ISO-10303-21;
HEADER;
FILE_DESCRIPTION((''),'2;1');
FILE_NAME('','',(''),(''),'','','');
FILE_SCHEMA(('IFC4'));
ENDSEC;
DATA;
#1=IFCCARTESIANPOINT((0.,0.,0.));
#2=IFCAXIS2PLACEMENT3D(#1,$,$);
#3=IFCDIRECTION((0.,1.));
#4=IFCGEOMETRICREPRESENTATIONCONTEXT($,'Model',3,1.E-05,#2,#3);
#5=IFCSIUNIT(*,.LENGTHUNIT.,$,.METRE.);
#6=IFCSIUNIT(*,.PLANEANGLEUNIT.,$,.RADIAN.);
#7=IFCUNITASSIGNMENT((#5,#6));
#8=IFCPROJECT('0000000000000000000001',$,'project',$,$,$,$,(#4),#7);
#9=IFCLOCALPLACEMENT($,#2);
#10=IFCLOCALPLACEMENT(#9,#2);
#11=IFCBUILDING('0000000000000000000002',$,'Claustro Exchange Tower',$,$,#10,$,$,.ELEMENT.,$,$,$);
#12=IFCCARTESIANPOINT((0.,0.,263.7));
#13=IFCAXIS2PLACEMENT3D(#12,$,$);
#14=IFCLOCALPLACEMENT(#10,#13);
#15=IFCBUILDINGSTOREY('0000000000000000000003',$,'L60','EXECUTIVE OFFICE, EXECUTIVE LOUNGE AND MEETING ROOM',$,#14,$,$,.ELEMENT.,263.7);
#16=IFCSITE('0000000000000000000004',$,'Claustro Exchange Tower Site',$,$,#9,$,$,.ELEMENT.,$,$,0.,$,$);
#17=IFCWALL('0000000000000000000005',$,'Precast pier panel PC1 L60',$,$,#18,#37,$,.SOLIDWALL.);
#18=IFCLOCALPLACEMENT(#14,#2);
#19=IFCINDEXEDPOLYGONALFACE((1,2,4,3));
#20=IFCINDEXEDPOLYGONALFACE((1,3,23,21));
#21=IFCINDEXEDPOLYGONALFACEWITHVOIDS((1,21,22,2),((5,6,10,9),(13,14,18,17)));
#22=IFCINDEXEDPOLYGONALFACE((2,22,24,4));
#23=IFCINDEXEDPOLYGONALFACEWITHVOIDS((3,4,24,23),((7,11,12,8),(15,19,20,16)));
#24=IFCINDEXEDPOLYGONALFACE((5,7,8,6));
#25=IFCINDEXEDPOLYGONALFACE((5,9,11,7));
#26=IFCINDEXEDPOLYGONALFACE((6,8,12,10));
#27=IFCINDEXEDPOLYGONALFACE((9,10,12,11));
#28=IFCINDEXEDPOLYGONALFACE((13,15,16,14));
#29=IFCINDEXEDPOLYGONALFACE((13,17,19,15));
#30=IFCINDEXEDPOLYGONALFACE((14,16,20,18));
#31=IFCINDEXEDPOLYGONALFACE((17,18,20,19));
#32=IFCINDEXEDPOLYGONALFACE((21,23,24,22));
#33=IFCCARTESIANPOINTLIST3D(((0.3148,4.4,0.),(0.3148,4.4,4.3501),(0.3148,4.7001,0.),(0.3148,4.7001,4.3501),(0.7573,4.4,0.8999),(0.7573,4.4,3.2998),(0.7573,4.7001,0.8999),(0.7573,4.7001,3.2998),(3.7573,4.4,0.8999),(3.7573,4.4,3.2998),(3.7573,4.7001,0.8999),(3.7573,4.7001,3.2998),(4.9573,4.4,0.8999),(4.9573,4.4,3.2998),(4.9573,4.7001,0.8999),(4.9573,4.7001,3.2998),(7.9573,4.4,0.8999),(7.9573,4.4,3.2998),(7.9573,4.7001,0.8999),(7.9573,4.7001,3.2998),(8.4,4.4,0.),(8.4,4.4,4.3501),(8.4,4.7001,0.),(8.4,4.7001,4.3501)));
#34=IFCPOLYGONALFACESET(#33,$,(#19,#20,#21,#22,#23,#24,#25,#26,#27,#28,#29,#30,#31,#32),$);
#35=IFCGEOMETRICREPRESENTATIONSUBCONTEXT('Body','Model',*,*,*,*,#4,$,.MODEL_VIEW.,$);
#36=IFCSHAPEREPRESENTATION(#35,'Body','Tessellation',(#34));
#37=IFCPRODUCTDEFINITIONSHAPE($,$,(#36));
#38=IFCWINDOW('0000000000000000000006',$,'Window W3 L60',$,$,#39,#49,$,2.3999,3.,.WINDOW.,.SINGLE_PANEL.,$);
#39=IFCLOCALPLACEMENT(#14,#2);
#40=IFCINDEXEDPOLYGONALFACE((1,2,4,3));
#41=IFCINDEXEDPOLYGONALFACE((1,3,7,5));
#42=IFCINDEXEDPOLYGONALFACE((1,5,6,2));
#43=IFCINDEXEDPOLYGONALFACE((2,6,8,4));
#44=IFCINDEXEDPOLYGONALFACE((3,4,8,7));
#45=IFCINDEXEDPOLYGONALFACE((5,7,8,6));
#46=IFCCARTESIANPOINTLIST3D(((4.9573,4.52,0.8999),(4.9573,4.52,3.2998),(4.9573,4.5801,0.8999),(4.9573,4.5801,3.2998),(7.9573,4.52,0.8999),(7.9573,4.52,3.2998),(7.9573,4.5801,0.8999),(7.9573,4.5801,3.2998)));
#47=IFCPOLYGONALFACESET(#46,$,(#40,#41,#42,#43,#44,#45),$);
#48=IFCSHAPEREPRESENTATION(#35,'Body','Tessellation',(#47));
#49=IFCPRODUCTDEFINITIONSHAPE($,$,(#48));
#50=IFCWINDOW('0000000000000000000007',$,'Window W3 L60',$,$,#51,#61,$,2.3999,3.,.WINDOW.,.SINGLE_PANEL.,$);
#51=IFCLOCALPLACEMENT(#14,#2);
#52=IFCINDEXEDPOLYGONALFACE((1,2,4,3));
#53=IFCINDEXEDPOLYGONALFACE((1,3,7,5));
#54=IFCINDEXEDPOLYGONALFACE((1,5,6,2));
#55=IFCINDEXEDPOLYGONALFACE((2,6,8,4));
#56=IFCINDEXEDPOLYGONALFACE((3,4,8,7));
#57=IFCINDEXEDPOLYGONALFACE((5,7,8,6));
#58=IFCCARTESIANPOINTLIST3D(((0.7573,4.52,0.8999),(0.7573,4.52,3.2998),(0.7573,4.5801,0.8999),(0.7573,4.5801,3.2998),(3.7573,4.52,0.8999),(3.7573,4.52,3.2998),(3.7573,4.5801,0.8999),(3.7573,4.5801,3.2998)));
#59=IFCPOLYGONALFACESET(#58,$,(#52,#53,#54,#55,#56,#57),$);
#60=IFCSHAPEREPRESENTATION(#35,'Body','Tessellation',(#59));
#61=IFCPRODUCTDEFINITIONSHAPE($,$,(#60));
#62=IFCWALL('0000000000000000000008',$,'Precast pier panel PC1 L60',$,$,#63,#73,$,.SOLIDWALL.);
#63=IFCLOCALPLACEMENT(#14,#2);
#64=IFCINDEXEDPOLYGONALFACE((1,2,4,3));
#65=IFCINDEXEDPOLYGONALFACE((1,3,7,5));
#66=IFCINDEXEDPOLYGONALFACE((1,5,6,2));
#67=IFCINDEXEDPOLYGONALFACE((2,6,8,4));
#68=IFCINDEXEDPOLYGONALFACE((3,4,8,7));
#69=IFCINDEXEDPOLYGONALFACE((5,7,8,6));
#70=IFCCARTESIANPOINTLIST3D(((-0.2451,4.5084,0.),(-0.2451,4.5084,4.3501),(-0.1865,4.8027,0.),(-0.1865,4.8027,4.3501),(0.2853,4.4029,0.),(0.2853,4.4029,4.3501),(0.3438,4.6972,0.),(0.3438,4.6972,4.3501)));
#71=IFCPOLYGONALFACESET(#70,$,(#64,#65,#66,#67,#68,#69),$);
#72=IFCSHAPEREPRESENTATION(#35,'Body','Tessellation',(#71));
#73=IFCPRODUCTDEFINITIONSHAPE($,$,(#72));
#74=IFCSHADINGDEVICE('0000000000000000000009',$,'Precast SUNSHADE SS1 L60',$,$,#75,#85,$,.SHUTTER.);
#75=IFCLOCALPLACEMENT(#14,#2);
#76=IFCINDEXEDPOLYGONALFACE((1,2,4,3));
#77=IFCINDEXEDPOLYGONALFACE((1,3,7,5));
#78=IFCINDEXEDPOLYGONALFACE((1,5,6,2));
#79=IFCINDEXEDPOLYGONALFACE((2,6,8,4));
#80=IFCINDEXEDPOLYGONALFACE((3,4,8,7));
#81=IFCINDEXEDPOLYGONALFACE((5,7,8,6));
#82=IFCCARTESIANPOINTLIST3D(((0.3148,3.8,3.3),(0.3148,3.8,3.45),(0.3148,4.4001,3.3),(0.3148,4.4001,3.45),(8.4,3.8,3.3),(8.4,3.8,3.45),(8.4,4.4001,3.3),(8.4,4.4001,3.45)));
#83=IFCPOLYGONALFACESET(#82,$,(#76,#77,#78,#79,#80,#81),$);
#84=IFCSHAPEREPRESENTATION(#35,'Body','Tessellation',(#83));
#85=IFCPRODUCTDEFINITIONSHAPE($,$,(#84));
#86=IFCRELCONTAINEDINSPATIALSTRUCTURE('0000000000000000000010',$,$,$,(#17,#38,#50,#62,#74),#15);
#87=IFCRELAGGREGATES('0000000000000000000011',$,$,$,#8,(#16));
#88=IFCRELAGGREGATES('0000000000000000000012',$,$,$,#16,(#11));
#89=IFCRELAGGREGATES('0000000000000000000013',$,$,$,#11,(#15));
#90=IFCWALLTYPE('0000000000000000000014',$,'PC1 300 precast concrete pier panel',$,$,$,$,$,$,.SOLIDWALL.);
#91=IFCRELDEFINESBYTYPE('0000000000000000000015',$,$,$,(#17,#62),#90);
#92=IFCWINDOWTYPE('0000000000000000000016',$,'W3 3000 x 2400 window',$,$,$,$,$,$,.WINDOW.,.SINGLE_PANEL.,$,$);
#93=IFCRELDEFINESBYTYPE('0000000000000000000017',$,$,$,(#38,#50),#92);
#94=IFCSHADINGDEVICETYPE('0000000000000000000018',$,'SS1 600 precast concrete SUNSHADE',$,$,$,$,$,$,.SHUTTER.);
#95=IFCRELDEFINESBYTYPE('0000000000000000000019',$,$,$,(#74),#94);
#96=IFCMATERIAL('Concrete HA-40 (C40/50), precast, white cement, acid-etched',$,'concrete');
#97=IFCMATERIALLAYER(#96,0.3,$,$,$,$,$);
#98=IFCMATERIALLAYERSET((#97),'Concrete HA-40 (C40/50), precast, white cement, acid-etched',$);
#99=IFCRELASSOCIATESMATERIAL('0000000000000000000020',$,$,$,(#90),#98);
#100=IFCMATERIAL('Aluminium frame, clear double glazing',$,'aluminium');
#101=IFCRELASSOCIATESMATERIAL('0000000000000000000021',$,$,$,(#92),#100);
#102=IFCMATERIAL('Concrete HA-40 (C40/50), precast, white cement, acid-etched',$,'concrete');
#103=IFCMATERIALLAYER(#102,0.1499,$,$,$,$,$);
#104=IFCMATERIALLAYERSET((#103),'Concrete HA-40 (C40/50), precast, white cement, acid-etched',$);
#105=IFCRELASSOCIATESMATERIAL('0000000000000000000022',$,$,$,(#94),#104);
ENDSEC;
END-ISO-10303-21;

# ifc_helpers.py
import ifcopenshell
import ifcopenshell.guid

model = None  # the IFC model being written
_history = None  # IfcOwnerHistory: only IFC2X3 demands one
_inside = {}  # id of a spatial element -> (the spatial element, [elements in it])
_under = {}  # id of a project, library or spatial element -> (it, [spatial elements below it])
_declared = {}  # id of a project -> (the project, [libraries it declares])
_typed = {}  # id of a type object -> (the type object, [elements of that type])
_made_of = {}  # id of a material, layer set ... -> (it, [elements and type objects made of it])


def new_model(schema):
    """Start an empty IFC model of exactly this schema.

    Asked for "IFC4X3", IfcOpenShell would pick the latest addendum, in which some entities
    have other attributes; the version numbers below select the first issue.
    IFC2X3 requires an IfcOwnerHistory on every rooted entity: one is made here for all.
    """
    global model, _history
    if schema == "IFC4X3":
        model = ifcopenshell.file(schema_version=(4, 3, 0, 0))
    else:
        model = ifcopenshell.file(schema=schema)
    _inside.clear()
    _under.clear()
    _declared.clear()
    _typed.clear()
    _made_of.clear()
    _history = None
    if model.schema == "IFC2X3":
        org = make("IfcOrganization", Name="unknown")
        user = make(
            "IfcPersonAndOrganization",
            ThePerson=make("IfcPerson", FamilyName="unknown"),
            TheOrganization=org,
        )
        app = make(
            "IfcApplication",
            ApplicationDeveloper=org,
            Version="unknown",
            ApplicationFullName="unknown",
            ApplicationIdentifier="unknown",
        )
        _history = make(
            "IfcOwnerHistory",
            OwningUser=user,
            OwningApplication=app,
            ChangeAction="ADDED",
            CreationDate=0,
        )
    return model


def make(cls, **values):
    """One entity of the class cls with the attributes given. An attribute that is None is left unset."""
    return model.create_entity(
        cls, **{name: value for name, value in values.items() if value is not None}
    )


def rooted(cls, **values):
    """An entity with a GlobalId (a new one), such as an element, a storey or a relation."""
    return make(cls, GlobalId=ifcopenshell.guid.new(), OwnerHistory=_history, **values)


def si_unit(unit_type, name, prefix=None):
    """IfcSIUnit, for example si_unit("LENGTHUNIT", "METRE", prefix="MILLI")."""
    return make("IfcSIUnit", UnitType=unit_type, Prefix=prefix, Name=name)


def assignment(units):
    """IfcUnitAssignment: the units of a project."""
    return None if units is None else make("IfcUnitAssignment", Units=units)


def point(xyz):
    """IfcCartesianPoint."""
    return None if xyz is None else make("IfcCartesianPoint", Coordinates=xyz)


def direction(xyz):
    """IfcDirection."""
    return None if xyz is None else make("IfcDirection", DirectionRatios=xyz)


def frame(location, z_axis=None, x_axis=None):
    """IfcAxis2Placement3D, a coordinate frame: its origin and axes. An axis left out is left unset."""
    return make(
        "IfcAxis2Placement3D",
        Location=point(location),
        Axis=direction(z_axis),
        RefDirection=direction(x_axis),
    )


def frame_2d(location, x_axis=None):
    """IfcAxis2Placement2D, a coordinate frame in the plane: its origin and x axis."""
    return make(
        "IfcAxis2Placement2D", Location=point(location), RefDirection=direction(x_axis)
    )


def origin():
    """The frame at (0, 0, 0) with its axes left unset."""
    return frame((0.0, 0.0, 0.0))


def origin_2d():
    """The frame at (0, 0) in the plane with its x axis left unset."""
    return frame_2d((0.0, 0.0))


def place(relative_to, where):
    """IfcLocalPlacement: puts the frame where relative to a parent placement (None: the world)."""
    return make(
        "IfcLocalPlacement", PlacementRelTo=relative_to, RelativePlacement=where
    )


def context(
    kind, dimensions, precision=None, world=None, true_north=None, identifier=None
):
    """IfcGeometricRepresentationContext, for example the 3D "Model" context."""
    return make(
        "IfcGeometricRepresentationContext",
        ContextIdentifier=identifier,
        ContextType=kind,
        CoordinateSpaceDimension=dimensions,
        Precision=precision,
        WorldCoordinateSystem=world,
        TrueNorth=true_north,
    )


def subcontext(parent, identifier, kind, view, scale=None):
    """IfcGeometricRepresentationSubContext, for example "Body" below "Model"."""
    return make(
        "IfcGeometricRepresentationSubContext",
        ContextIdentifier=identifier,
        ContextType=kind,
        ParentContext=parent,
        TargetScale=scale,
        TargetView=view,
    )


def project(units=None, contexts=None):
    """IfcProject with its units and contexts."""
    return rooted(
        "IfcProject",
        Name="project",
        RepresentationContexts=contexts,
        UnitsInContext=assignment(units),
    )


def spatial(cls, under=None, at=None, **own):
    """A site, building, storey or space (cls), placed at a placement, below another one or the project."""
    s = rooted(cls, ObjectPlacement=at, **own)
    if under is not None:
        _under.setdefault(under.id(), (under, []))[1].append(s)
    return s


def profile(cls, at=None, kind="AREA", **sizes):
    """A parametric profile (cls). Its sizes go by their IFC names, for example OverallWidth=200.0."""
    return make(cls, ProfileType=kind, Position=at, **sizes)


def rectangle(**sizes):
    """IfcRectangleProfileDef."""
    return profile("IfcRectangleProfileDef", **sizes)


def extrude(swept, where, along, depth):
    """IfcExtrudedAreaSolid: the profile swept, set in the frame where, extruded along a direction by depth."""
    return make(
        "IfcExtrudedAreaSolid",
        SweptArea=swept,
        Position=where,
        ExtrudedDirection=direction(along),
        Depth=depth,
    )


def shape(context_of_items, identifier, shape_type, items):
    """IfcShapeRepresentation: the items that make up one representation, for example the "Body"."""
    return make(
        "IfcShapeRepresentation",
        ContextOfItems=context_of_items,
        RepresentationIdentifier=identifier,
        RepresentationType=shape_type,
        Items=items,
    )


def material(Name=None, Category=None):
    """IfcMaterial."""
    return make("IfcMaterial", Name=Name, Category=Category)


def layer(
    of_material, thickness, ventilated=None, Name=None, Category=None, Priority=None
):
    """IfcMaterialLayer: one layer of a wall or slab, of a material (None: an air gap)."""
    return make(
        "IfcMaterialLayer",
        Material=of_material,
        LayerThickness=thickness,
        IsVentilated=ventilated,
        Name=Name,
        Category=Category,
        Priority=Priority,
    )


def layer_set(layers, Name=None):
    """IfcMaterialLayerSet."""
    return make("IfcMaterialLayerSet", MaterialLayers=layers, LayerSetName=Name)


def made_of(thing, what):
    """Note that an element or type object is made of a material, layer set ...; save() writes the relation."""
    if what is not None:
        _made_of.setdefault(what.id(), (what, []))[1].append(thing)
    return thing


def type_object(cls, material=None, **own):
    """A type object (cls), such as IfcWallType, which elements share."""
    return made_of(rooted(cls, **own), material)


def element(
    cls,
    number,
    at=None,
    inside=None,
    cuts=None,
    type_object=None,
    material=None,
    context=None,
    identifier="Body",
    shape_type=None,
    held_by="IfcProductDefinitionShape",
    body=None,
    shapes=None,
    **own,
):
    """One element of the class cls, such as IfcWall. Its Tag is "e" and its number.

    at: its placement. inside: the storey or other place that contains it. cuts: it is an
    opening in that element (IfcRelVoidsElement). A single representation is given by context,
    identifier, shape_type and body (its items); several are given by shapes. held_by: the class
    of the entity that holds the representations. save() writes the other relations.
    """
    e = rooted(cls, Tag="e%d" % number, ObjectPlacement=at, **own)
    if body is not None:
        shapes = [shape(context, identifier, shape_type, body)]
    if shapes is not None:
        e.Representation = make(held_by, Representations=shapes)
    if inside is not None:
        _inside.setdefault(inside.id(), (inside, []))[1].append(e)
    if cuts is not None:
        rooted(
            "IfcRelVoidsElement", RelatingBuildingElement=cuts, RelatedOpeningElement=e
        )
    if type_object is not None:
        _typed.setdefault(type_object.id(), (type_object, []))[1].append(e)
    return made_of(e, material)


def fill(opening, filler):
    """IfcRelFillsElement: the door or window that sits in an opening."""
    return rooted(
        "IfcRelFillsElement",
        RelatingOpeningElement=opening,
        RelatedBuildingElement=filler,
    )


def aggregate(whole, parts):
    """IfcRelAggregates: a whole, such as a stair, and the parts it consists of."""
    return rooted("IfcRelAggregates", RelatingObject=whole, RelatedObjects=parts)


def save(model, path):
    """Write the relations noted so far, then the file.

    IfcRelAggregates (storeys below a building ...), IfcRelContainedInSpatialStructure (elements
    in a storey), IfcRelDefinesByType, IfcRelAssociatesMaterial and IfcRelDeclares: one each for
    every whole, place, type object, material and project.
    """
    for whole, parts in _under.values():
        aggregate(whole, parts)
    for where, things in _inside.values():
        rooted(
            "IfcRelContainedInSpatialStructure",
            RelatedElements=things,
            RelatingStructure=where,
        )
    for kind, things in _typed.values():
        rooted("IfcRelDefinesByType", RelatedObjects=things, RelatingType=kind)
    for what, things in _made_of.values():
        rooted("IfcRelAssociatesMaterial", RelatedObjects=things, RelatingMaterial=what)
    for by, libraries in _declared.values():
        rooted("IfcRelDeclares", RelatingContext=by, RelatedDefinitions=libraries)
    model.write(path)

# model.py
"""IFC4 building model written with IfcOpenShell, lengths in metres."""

from ifc_helpers import new_model, si_unit, direction, frame, frame_2d, origin, origin_2d, place, context, subcontext, project, spatial, rectangle, extrude, material, layer, layer_set, type_object, element, fill, save


model = new_model("IFC4")

# Units and contexts
model_context = context("Model", 3, precision=1e-05, world=origin(), true_north=direction((0.0, 1.0)))
body_context = subcontext(model_context, "Body", "Model", "MODEL_VIEW")
ifc_project = project(units=[si_unit("LENGTHUNIT", "METRE"), si_unit("PLANEANGLEUNIT", "RADIAN")], contexts=[model_context])

# Site, building, storey
site_placement = place(None, origin())
site = spatial("IfcSite", under=ifc_project, at=site_placement, Name="Claustro Exchange Tower Site", CompositionType="ELEMENT", RefElevation=0.0)
building_placement = place(site_placement, origin())
building = spatial("IfcBuilding", under=site, at=building_placement, Name="Claustro Exchange Tower", CompositionType="ELEMENT")
storey_placement = place(building_placement, frame((0.0, 0.0, 263.7)))
storey = spatial("IfcBuildingStorey", under=building, at=storey_placement, Name="L60", Description="EXECUTIVE OFFICE, EXECUTIVE LOUNGE AND MEETING ROOM", CompositionType="ELEMENT", Elevation=263.7)

# Wall, openings, windows
ifc_material_1 = material(Name="Concrete HA-40 (C40/50), precast, white cement, acid-etched", Category="concrete")
ifc_layer_1 = layer(ifc_material_1, 0.3)
ifc_layer_set_1 = layer_set([ifc_layer_1], Name="Concrete HA-40 (C40/50), precast, white cement, acid-etched")
wall_type = type_object("IfcWallType", Name="PC1 300 precast concrete pier panel", PredefinedType="SOLIDWALL", material=ifc_layer_set_1)
wall_1_placement = place(storey_placement, frame((8.3999, 4.55, 0.0), z_axis=(0.0, 0.0, 1.0), x_axis=(-1.0, 0.0, 0.0)))
wall_1 = element("IfcWall", 1, at=wall_1_placement, inside=storey, type_object=wall_type, Name="Precast pier panel PC1 L60", PredefinedType="SOLIDWALL", context=body_context, shape_type="SweptSolid", body=[
    extrude(rectangle(XDim=8.0852, YDim=0.3, at=frame_2d((4.0425, 0.0))), origin(), (0.0, 0.0, 1.0), 4.3501),
])
opening_1_placement = place(wall_1_placement, frame((0.4426, 0.0, 0.8999)))
opening_1 = element("IfcOpeningElement", 2, at=opening_1_placement, cuts=wall_1, PredefinedType="OPENING", context=body_context, shape_type="SweptSolid", body=[
    extrude(rectangle(XDim=3.0, YDim=2.3999, at=frame_2d((1.5, 1.2))), frame((0.0, 0.1599, 0.0), z_axis=(0.0, -1.0, 0.0), x_axis=(1.0, 0.0, 0.0)), (0.0, 0.0, 1.0), 0.3201),
])
opening_2_placement = place(wall_1_placement, frame((4.6426, 0.0, 0.8999)))
opening_2 = element("IfcOpeningElement", 3, at=opening_2_placement, cuts=wall_1, PredefinedType="OPENING", context=body_context, shape_type="SweptSolid", body=[
    extrude(rectangle(XDim=3.0, YDim=2.3999, at=frame_2d((1.5, 1.2))), frame((0.0, 0.1599, 0.0), z_axis=(0.0, -1.0, 0.0), x_axis=(1.0, 0.0, 0.0)), (0.0, 0.0, 1.0), 0.3201),
])
ifc_material_2 = material(Name="Aluminium frame, clear double glazing", Category="aluminium")
window_type = type_object("IfcWindowType", Name="W3 3000 x 2400 window", PartitioningType="SINGLE_PANEL", PredefinedType="WINDOW", material=ifc_material_2)
window_1_placement = place(opening_1_placement, origin())
window_1 = element("IfcWindow", 4, at=window_1_placement, inside=storey, type_object=window_type, Name="Window W3 L60", OverallHeight=2.3999, OverallWidth=3.0, PartitioningType="SINGLE_PANEL", PredefinedType="WINDOW", context=body_context, shape_type="SweptSolid", body=[
    extrude(rectangle(XDim=3.0, YDim=2.3999, at=frame_2d((1.5, 1.2))), frame((0.0, 0.03, 0.0), z_axis=(0.0, -1.0, 0.0), x_axis=(1.0, 0.0, 0.0)), (0.0, 0.0, 1.0), 0.0601),
])
fill(opening_1, window_1)
window_2_placement = place(opening_2_placement, origin())
window_2 = element("IfcWindow", 5, at=window_2_placement, inside=storey, type_object=window_type, Name="Window W3 L60", OverallHeight=2.3999, OverallWidth=3.0, PartitioningType="SINGLE_PANEL", PredefinedType="WINDOW", context=body_context, shape_type="SweptSolid", body=[
    extrude(rectangle(XDim=3.0, YDim=2.3999, at=frame_2d((1.5, 1.2))), frame((0.0, 0.03, 0.0), z_axis=(0.0, -1.0, 0.0), x_axis=(1.0, 0.0, 0.0)), (0.0, 0.0, 1.0), 0.0601),
])
fill(opening_2, window_2)

# Wall
wall_2_placement = place(storey_placement, frame((0.3147, 4.55, 0.0), z_axis=(0.0, 0.0, 1.0), x_axis=(-0.980789, 0.195074, 0.0)))
element("IfcWall", 6, at=wall_2_placement, inside=storey, type_object=wall_type, Name="Precast pier panel PC1 L60", PredefinedType="SOLIDWALL", context=body_context, shape_type="SweptSolid", body=[
    extrude(rectangle(XDim=0.5408, YDim=0.3, at=frame_2d((0.2705, 0.0))), origin(), (0.0, 0.0, 1.0), 4.3501),
])

# Shading device
ifc_material_3 = material(Name="Concrete HA-40 (C40/50), precast, white cement, acid-etched", Category="concrete")
ifc_layer_2 = layer(ifc_material_3, 0.1499)
ifc_layer_set_2 = layer_set([ifc_layer_2], Name="Concrete HA-40 (C40/50), precast, white cement, acid-etched")
shading_device_type = type_object("IfcShadingDeviceType", Name="SS1 600 precast concrete SUNSHADE", PredefinedType="SHUTTER", material=ifc_layer_set_2)
shading_device_placement = place(storey_placement, frame((4.3574, 4.1001, 3.3), z_axis=(0.0, 0.0, 1.0), x_axis=(-1.0, 0.0, 0.0)))
element("IfcShadingDevice", 7, at=shading_device_placement, inside=storey, type_object=shading_device_type, Name="Precast SUNSHADE SS1 L60", PredefinedType="SHUTTER", context=body_context, shape_type="SweptSolid", body=[
    extrude(rectangle(XDim=8.0852, YDim=0.6001, at=origin_2d()), origin(), (0.0, 0.0, 1.0), 0.1499),
])

save(model, "model.ifc")
